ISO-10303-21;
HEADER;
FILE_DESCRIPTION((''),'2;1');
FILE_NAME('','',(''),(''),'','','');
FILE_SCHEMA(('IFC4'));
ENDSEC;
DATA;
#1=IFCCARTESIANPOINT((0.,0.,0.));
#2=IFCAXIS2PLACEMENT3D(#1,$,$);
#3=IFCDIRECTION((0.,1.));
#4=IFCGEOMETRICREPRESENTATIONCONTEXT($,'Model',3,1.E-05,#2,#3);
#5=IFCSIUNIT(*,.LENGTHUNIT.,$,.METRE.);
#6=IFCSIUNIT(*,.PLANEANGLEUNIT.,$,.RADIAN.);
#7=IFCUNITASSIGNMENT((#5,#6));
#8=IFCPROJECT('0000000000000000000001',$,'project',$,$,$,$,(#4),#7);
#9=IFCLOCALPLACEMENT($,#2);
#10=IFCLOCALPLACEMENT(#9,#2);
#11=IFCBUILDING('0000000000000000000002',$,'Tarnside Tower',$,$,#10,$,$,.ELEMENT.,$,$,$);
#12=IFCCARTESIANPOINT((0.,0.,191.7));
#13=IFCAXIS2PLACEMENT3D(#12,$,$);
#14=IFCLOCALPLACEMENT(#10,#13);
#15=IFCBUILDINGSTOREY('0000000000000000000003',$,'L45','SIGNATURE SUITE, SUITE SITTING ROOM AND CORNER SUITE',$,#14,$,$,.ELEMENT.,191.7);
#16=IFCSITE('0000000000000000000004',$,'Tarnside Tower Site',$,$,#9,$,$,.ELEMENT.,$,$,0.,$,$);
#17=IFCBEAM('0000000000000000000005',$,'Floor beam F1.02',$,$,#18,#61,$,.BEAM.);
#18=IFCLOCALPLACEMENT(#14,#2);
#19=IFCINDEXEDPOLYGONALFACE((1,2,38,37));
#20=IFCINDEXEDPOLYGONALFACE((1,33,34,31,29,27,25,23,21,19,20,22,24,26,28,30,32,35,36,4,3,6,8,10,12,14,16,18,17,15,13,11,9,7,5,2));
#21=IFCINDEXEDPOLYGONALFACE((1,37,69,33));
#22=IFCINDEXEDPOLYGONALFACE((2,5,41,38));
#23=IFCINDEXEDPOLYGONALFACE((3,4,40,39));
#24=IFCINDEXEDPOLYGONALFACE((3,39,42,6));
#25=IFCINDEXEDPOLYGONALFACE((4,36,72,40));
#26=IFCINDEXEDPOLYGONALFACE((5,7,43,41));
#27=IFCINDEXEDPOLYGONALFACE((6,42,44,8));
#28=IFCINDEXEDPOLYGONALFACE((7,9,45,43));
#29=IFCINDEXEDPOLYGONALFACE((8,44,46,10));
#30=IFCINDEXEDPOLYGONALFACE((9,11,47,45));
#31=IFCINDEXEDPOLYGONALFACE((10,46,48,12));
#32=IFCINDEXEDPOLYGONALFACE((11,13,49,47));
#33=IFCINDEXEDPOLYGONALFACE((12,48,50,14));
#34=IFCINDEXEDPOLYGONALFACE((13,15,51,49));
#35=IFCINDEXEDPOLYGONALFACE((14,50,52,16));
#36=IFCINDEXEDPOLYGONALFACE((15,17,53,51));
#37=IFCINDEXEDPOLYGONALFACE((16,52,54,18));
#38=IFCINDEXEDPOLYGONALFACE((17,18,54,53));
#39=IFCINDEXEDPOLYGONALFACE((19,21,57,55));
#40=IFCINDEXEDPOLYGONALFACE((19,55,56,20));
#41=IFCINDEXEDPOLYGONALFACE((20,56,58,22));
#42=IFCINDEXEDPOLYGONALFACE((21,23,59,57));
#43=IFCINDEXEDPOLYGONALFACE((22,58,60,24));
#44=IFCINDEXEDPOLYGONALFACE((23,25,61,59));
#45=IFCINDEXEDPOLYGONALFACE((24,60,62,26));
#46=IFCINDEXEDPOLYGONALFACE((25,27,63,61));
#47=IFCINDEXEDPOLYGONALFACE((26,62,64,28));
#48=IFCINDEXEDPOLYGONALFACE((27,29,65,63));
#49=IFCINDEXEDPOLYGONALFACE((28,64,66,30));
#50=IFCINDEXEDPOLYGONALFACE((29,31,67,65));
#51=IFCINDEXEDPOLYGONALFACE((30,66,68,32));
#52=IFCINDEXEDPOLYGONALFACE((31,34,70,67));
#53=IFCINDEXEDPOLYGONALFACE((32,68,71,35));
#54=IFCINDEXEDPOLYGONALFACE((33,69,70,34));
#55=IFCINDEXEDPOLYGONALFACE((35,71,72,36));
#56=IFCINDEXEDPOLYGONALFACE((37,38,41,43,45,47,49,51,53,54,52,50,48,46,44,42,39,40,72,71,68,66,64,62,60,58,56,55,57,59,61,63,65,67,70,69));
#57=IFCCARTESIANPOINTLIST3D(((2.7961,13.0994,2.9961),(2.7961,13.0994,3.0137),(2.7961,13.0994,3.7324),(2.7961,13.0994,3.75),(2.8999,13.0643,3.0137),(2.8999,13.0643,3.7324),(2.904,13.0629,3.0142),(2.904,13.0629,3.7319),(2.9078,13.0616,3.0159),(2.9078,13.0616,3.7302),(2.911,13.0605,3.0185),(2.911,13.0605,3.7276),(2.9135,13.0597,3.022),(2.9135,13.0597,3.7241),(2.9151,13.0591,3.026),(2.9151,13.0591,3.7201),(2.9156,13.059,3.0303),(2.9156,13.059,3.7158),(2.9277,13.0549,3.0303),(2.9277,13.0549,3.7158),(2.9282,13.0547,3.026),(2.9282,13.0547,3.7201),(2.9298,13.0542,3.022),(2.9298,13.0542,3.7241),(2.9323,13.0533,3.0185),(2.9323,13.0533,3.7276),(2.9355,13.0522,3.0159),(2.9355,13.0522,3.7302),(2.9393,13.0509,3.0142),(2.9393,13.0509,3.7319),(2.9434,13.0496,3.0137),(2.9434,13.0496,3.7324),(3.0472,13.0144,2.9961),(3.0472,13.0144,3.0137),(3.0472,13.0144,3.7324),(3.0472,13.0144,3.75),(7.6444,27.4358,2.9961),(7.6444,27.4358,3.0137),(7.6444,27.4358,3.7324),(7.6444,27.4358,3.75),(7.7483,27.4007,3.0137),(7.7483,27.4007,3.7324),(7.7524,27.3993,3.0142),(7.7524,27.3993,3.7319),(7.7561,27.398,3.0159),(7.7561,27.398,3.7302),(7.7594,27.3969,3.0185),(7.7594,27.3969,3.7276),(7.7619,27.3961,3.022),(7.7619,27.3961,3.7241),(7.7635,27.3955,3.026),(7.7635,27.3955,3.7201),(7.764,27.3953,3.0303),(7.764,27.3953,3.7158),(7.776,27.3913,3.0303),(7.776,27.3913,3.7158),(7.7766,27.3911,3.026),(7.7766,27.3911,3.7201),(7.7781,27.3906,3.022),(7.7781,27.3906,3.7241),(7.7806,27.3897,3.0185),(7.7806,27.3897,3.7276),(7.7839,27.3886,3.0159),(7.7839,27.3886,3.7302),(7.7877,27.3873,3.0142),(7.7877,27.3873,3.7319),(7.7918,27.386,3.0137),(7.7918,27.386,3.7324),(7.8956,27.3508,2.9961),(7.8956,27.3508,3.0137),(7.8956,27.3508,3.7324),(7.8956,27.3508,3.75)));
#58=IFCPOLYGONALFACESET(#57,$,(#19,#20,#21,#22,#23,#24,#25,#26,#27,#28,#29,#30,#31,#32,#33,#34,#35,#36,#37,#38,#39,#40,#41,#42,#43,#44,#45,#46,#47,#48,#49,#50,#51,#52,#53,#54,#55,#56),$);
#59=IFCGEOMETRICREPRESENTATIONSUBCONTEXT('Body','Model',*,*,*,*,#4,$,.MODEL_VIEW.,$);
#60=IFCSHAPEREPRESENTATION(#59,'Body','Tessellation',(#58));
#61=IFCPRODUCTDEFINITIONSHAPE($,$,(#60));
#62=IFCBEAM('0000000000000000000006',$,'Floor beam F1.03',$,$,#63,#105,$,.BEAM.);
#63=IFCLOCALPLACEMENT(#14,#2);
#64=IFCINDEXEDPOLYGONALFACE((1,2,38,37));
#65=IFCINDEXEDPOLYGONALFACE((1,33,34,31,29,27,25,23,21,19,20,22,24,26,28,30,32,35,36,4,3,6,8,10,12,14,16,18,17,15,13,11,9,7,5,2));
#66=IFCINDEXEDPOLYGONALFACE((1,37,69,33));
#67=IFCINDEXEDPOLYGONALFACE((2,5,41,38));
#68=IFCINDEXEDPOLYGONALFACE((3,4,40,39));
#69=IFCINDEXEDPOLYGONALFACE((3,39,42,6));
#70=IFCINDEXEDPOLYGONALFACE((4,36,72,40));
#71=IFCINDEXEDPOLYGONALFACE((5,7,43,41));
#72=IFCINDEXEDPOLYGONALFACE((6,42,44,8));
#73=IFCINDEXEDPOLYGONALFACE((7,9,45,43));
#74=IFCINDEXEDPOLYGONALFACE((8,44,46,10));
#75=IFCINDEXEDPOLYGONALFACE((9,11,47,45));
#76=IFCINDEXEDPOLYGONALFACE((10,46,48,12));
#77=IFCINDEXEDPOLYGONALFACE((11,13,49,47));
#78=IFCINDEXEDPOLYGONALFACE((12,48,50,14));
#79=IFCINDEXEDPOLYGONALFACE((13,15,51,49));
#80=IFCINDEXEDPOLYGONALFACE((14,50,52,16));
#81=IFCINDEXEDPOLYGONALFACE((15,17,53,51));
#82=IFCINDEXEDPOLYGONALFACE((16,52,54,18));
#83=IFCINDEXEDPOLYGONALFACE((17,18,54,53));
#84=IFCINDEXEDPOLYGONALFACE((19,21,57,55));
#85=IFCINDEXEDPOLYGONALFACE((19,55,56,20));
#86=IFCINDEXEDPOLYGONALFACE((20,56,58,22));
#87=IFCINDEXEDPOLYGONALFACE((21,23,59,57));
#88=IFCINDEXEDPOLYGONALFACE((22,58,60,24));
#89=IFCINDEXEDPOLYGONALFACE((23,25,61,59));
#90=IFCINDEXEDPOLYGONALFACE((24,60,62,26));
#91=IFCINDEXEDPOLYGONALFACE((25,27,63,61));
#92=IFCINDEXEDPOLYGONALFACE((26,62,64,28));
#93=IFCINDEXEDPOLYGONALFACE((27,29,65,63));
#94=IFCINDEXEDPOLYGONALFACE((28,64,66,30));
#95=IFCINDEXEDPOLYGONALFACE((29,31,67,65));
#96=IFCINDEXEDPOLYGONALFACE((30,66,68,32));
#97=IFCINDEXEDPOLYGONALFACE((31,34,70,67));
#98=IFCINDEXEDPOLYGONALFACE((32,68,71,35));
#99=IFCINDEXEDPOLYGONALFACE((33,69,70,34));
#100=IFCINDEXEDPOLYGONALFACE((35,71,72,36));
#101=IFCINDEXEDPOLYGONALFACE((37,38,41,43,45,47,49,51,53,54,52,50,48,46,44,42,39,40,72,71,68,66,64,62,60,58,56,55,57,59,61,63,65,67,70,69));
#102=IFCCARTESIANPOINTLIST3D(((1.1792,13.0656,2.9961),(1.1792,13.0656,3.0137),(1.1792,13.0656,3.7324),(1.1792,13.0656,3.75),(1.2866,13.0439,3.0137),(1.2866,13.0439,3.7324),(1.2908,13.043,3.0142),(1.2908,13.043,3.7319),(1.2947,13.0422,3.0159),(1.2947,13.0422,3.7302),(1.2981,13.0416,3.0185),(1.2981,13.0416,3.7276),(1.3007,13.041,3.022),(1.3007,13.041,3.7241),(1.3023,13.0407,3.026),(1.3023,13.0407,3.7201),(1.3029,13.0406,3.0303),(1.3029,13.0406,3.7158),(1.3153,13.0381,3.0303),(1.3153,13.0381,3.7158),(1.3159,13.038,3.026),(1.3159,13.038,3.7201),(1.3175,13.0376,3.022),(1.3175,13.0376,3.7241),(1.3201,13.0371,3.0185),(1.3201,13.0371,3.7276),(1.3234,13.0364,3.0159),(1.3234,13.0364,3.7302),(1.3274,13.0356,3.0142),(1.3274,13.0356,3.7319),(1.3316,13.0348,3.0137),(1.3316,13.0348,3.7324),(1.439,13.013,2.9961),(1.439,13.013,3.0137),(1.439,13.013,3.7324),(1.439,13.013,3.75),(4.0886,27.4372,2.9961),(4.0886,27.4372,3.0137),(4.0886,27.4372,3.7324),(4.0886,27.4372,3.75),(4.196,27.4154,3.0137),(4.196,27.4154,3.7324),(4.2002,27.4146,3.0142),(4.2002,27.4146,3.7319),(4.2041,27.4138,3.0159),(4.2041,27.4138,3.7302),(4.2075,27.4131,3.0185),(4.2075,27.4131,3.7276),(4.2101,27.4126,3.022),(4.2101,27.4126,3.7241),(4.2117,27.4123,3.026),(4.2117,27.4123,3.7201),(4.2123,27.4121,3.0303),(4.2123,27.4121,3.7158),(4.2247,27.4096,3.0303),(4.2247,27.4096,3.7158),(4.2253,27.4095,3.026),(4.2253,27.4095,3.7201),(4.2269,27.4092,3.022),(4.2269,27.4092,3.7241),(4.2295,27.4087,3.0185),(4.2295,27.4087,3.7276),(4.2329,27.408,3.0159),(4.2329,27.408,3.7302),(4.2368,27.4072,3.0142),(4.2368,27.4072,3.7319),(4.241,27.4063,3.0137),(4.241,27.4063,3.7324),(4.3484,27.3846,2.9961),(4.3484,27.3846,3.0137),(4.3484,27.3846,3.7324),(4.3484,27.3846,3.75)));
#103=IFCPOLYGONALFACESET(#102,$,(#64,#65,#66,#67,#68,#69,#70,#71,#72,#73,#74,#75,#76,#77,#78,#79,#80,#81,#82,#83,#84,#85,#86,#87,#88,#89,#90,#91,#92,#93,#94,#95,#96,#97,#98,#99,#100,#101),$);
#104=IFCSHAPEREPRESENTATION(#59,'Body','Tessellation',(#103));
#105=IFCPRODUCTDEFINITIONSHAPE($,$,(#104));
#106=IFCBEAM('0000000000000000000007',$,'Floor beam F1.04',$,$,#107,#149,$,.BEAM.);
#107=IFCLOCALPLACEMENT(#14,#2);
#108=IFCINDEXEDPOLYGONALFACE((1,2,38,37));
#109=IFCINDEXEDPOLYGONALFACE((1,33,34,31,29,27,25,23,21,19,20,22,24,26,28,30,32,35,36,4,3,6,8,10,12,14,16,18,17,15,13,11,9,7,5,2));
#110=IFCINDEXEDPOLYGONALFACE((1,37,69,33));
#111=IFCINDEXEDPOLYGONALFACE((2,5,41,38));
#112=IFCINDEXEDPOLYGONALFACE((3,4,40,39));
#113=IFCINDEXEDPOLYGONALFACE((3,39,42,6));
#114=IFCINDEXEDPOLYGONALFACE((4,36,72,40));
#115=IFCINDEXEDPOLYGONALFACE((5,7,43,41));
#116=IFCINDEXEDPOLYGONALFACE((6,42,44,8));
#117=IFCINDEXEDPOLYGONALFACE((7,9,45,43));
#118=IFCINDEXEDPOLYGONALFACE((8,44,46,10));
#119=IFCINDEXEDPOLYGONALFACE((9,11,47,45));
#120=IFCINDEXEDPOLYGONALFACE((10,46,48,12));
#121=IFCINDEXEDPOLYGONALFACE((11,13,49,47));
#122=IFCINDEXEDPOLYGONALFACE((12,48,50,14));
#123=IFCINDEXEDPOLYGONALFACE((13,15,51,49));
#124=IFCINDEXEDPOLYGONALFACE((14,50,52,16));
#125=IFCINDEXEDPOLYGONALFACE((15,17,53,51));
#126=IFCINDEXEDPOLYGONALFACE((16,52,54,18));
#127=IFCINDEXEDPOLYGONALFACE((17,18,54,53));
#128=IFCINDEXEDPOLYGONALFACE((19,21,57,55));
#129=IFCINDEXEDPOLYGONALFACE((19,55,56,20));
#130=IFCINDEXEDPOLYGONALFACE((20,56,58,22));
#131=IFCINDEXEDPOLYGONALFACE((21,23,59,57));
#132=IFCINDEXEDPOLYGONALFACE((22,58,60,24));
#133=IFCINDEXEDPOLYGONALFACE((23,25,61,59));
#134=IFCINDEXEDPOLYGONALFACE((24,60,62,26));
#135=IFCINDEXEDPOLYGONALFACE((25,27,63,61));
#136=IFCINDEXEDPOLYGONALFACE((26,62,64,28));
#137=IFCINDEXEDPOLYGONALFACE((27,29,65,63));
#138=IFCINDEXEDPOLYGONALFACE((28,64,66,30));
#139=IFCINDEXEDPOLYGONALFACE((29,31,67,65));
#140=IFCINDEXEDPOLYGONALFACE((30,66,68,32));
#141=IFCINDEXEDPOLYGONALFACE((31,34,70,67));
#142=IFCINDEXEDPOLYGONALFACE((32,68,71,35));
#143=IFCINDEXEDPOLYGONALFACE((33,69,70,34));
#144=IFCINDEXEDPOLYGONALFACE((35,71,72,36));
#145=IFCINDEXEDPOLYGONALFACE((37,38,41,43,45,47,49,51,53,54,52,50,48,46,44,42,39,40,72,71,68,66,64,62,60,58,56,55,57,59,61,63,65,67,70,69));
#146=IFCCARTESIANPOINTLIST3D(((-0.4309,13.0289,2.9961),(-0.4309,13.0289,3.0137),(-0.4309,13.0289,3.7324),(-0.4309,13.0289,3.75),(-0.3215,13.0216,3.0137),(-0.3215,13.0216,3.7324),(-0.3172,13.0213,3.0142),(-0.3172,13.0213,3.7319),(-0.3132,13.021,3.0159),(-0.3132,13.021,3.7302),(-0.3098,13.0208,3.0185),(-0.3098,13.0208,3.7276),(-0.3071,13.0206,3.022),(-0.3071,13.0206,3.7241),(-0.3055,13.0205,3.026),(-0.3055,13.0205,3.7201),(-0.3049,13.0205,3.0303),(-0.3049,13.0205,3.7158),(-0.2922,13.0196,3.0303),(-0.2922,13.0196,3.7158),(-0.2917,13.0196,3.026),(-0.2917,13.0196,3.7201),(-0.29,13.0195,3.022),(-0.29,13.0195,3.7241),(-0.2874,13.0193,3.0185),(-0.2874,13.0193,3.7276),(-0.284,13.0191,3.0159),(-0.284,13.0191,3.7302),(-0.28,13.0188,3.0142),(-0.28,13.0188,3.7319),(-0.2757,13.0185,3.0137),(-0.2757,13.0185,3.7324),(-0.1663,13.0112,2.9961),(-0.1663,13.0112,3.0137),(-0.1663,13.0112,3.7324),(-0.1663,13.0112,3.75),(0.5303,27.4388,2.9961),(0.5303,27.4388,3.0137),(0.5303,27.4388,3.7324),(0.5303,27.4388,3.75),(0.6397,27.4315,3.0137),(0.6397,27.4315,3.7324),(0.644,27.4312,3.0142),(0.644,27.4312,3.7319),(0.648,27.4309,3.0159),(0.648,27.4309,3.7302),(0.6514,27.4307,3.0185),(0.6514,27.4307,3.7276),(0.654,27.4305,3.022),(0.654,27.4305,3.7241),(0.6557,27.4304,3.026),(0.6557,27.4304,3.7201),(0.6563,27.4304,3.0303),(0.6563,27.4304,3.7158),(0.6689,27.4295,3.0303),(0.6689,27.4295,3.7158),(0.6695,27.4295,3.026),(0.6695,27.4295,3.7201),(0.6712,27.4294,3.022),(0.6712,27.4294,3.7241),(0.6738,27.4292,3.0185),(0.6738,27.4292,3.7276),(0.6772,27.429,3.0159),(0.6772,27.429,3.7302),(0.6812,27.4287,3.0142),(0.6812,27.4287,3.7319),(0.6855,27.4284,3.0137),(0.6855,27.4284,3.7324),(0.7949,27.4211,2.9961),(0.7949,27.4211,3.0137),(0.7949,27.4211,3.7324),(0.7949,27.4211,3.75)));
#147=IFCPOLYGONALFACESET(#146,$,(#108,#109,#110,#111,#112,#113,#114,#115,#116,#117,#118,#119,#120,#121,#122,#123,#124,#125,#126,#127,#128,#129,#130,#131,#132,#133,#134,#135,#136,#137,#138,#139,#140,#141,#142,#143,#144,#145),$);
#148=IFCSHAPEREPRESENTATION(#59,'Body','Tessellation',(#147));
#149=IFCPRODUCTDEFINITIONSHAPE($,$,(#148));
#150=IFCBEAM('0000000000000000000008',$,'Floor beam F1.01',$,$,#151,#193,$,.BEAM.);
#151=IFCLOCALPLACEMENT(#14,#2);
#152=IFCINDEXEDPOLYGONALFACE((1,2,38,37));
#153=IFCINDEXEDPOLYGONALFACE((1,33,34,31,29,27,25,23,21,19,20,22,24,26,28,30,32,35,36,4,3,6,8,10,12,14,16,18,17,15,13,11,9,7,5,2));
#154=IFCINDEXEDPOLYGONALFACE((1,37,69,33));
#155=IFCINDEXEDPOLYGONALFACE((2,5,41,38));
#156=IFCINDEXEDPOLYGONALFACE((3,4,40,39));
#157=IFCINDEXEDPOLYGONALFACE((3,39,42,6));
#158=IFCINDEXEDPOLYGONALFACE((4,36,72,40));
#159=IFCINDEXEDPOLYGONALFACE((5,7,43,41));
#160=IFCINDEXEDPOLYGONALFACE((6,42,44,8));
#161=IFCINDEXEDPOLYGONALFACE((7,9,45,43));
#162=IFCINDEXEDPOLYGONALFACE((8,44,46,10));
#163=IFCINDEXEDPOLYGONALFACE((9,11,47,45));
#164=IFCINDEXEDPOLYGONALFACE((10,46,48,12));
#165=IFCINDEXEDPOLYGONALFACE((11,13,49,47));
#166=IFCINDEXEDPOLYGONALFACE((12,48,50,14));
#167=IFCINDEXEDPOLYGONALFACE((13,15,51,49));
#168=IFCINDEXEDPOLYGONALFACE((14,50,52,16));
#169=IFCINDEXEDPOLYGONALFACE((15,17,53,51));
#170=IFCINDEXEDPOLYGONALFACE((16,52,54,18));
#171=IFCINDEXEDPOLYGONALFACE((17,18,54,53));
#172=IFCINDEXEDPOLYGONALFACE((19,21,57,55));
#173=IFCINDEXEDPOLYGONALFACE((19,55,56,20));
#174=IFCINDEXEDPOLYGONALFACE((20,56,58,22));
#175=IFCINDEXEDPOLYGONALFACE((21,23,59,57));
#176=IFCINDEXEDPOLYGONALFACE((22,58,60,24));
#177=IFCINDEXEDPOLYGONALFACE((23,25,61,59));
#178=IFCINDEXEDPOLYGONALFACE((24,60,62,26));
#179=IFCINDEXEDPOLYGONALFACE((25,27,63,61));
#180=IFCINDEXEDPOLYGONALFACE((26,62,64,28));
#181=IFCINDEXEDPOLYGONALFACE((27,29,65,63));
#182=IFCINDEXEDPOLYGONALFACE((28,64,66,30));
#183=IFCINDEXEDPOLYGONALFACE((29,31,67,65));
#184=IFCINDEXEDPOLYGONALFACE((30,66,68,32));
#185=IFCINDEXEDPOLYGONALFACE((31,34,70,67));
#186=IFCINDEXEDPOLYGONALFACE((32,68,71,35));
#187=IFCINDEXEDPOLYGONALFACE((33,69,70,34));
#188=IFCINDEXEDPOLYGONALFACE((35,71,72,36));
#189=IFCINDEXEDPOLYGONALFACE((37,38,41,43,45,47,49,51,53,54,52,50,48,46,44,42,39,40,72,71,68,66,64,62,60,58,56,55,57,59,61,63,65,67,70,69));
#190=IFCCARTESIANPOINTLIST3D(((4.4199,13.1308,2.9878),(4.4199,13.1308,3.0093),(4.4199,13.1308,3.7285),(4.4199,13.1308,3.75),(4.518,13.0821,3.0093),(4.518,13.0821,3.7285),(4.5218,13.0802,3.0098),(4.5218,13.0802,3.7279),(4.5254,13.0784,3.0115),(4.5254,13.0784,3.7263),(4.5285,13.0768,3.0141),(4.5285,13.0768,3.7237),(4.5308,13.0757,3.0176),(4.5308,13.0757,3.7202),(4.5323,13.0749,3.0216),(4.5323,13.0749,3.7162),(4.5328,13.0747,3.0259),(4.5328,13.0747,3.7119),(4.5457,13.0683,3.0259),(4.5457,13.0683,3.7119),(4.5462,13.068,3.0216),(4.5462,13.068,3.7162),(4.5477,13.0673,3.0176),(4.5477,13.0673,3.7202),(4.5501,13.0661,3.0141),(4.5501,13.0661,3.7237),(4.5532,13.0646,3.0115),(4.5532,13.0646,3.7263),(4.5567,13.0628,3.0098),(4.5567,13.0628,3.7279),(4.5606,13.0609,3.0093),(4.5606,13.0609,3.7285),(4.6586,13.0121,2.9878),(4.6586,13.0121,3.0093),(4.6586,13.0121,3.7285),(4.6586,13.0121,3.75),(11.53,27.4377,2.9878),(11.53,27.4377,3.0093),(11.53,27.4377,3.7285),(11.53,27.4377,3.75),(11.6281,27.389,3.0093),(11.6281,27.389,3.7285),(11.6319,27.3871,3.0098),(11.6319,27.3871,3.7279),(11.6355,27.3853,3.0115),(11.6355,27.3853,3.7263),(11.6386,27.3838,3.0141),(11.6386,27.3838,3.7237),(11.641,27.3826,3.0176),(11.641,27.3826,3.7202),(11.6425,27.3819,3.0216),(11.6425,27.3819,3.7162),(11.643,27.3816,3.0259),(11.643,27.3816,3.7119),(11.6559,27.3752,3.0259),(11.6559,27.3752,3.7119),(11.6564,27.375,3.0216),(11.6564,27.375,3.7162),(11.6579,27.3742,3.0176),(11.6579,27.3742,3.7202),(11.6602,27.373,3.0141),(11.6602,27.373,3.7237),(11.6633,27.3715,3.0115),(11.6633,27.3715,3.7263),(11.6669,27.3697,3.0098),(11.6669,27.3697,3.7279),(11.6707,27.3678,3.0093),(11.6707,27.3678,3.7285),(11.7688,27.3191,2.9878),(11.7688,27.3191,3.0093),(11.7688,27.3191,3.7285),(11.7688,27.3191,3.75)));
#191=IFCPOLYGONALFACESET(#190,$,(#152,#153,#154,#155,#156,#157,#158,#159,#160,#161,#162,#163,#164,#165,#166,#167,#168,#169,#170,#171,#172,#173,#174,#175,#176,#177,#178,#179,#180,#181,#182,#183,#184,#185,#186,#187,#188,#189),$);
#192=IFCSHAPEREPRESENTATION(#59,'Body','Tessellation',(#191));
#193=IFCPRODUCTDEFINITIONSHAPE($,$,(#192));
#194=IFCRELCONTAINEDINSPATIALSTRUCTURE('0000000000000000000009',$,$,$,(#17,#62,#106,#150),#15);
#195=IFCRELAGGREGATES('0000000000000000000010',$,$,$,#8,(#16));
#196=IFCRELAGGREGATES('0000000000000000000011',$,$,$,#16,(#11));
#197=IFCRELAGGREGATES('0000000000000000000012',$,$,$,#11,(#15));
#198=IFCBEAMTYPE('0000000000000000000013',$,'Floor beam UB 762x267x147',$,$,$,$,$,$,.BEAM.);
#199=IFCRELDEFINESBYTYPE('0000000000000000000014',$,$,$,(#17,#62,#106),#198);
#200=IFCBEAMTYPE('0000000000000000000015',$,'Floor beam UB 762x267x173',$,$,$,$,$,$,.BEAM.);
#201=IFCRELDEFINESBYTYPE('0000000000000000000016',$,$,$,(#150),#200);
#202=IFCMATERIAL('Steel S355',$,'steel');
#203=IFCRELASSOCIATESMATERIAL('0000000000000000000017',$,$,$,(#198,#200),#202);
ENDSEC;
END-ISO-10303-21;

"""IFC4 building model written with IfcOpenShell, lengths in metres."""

from ifc_helpers import new_model, si_unit, direction, frame, origin, origin_2d, place, context, subcontext, project, spatial, i_section, extrude, material, material_profile, profile_set, type_object, element, save


model = new_model("IFC4")

# Units and contexts
model_context = context("Model", 3, precision=1e-05, world=origin(), true_north=direction((0.0, 1.0)))
body_context = subcontext(model_context, "Body", "Model", "MODEL_VIEW")
ifc_project = project(units=[si_unit("LENGTHUNIT", "METRE"), si_unit("PLANEANGLEUNIT", "RADIAN")], contexts=[model_context])

# Site, building, storey
site_placement = place(None, origin())
site = spatial("IfcSite", under=ifc_project, at=site_placement, Name="Tarnside Tower Site", CompositionType="ELEMENT", RefElevation=0.0)
building_placement = place(site_placement, origin())
building = spatial("IfcBuilding", under=site, at=building_placement, Name="Tarnside Tower", CompositionType="ELEMENT")
storey_placement = place(building_placement, frame((0.0, 0.0, 191.7)))
storey = spatial("IfcBuildingStorey", under=building, at=storey_placement, Name="L45", Description="SIGNATURE SUITE, SUITE SITTING ROOM AND CORNER SUITE", CompositionType="ELEMENT", Elevation=191.7)

# Beams
ifc_material_1 = material(Name="Steel S355", Category="steel")
ifc_material_profile_1 = material_profile(ifc_material_1, i_section(OverallWidth=0.2651, OverallDepth=0.7539, WebThickness=0.0127, FlangeThickness=0.0176, FilletRadius=0.0166, at=origin_2d()), Name="UB 762x267x147")
ifc_profile_set_1 = profile_set([ifc_material_profile_1], Name="Steel S355")
beam_type_1 = type_object("IfcBeamType", Name="Floor beam UB 762x267x147", PredefinedType="BEAM", material=ifc_profile_set_1)
beam_1_placement = place(storey_placement, frame((7.77, 27.3933, 3.373), z_axis=(-0.320363, -0.947295, 0.0), x_axis=(0.947295, -0.320363, 0.0)))
element("IfcBeam", 1, at=beam_1_placement, inside=storey, type_object=beam_type_1, Name="Floor beam F1.02", PredefinedType="BEAM", context=body_context, shape_type="SweptSolid", body=[
    extrude(i_section(OverallWidth=0.2651, OverallDepth=0.7539, WebThickness=0.0127, FlangeThickness=0.0176, FilletRadius=0.0166, at=origin_2d()), origin(), (0.0, 0.0, 1.0), 15.134),
])
beam_2_placement = place(storey_placement, frame((4.2185, 27.4109, 3.373), z_axis=(-0.198418, -0.980118, 0.0), x_axis=(0.980118, -0.198418, 0.0)))
element("IfcBeam", 2, at=beam_2_placement, inside=storey, type_object=beam_type_1, Name="Floor beam F1.03", PredefinedType="BEAM", context=body_context, shape_type="SweptSolid", body=[
    extrude(i_section(OverallWidth=0.2651, OverallDepth=0.7539, WebThickness=0.0127, FlangeThickness=0.0176, FilletRadius=0.0166, at=origin_2d()), origin(), (0.0, 0.0, 1.0), 14.6631),
])
beam_3_placement = place(storey_placement, frame((0.6626, 27.4299, 3.373), z_axis=(-0.066555, -0.997783, 0.0), x_axis=(0.997783, -0.066555, 0.0)))
element("IfcBeam", 3, at=beam_3_placement, inside=storey, type_object=beam_type_1, Name="Floor beam F1.04", PredefinedType="BEAM", context=body_context, shape_type="SweptSolid", body=[
    extrude(i_section(OverallWidth=0.2651, OverallDepth=0.7539, WebThickness=0.0127, FlangeThickness=0.0176, FilletRadius=0.0166, at=origin_2d()), origin(), (0.0, 0.0, 1.0), 14.4419),
])
ifc_material_profile_2 = material_profile(ifc_material_1, i_section(OverallWidth=0.2666, OverallDepth=0.7622, WebThickness=0.0144, FlangeThickness=0.0215, FilletRadius=0.0166, at=origin_2d()), Name="UB 762x267x173")
ifc_profile_set_2 = profile_set([ifc_material_profile_2], Name="Steel S355")
beam_type_2 = type_object("IfcBeamType", Name="Floor beam UB 762x267x173", PredefinedType="BEAM", material=ifc_profile_set_2)
beam_4_placement = place(storey_placement, frame((11.6494, 27.3784, 3.3689), z_axis=(-0.445042, -0.89551, 0.0), x_axis=(0.89551, -0.445042, 0.0)))
element("IfcBeam", 4, at=beam_4_placement, inside=storey, type_object=beam_type_2, Name="Floor beam F1.01", PredefinedType="BEAM", context=body_context, shape_type="SweptSolid", body=[
    extrude(i_section(OverallWidth=0.2666, OverallDepth=0.7622, WebThickness=0.0144, FlangeThickness=0.0215, FilletRadius=0.0166, at=origin_2d()), origin(), (0.0, 0.0, 1.0), 15.9763),
])

save(model, "model.ifc")
